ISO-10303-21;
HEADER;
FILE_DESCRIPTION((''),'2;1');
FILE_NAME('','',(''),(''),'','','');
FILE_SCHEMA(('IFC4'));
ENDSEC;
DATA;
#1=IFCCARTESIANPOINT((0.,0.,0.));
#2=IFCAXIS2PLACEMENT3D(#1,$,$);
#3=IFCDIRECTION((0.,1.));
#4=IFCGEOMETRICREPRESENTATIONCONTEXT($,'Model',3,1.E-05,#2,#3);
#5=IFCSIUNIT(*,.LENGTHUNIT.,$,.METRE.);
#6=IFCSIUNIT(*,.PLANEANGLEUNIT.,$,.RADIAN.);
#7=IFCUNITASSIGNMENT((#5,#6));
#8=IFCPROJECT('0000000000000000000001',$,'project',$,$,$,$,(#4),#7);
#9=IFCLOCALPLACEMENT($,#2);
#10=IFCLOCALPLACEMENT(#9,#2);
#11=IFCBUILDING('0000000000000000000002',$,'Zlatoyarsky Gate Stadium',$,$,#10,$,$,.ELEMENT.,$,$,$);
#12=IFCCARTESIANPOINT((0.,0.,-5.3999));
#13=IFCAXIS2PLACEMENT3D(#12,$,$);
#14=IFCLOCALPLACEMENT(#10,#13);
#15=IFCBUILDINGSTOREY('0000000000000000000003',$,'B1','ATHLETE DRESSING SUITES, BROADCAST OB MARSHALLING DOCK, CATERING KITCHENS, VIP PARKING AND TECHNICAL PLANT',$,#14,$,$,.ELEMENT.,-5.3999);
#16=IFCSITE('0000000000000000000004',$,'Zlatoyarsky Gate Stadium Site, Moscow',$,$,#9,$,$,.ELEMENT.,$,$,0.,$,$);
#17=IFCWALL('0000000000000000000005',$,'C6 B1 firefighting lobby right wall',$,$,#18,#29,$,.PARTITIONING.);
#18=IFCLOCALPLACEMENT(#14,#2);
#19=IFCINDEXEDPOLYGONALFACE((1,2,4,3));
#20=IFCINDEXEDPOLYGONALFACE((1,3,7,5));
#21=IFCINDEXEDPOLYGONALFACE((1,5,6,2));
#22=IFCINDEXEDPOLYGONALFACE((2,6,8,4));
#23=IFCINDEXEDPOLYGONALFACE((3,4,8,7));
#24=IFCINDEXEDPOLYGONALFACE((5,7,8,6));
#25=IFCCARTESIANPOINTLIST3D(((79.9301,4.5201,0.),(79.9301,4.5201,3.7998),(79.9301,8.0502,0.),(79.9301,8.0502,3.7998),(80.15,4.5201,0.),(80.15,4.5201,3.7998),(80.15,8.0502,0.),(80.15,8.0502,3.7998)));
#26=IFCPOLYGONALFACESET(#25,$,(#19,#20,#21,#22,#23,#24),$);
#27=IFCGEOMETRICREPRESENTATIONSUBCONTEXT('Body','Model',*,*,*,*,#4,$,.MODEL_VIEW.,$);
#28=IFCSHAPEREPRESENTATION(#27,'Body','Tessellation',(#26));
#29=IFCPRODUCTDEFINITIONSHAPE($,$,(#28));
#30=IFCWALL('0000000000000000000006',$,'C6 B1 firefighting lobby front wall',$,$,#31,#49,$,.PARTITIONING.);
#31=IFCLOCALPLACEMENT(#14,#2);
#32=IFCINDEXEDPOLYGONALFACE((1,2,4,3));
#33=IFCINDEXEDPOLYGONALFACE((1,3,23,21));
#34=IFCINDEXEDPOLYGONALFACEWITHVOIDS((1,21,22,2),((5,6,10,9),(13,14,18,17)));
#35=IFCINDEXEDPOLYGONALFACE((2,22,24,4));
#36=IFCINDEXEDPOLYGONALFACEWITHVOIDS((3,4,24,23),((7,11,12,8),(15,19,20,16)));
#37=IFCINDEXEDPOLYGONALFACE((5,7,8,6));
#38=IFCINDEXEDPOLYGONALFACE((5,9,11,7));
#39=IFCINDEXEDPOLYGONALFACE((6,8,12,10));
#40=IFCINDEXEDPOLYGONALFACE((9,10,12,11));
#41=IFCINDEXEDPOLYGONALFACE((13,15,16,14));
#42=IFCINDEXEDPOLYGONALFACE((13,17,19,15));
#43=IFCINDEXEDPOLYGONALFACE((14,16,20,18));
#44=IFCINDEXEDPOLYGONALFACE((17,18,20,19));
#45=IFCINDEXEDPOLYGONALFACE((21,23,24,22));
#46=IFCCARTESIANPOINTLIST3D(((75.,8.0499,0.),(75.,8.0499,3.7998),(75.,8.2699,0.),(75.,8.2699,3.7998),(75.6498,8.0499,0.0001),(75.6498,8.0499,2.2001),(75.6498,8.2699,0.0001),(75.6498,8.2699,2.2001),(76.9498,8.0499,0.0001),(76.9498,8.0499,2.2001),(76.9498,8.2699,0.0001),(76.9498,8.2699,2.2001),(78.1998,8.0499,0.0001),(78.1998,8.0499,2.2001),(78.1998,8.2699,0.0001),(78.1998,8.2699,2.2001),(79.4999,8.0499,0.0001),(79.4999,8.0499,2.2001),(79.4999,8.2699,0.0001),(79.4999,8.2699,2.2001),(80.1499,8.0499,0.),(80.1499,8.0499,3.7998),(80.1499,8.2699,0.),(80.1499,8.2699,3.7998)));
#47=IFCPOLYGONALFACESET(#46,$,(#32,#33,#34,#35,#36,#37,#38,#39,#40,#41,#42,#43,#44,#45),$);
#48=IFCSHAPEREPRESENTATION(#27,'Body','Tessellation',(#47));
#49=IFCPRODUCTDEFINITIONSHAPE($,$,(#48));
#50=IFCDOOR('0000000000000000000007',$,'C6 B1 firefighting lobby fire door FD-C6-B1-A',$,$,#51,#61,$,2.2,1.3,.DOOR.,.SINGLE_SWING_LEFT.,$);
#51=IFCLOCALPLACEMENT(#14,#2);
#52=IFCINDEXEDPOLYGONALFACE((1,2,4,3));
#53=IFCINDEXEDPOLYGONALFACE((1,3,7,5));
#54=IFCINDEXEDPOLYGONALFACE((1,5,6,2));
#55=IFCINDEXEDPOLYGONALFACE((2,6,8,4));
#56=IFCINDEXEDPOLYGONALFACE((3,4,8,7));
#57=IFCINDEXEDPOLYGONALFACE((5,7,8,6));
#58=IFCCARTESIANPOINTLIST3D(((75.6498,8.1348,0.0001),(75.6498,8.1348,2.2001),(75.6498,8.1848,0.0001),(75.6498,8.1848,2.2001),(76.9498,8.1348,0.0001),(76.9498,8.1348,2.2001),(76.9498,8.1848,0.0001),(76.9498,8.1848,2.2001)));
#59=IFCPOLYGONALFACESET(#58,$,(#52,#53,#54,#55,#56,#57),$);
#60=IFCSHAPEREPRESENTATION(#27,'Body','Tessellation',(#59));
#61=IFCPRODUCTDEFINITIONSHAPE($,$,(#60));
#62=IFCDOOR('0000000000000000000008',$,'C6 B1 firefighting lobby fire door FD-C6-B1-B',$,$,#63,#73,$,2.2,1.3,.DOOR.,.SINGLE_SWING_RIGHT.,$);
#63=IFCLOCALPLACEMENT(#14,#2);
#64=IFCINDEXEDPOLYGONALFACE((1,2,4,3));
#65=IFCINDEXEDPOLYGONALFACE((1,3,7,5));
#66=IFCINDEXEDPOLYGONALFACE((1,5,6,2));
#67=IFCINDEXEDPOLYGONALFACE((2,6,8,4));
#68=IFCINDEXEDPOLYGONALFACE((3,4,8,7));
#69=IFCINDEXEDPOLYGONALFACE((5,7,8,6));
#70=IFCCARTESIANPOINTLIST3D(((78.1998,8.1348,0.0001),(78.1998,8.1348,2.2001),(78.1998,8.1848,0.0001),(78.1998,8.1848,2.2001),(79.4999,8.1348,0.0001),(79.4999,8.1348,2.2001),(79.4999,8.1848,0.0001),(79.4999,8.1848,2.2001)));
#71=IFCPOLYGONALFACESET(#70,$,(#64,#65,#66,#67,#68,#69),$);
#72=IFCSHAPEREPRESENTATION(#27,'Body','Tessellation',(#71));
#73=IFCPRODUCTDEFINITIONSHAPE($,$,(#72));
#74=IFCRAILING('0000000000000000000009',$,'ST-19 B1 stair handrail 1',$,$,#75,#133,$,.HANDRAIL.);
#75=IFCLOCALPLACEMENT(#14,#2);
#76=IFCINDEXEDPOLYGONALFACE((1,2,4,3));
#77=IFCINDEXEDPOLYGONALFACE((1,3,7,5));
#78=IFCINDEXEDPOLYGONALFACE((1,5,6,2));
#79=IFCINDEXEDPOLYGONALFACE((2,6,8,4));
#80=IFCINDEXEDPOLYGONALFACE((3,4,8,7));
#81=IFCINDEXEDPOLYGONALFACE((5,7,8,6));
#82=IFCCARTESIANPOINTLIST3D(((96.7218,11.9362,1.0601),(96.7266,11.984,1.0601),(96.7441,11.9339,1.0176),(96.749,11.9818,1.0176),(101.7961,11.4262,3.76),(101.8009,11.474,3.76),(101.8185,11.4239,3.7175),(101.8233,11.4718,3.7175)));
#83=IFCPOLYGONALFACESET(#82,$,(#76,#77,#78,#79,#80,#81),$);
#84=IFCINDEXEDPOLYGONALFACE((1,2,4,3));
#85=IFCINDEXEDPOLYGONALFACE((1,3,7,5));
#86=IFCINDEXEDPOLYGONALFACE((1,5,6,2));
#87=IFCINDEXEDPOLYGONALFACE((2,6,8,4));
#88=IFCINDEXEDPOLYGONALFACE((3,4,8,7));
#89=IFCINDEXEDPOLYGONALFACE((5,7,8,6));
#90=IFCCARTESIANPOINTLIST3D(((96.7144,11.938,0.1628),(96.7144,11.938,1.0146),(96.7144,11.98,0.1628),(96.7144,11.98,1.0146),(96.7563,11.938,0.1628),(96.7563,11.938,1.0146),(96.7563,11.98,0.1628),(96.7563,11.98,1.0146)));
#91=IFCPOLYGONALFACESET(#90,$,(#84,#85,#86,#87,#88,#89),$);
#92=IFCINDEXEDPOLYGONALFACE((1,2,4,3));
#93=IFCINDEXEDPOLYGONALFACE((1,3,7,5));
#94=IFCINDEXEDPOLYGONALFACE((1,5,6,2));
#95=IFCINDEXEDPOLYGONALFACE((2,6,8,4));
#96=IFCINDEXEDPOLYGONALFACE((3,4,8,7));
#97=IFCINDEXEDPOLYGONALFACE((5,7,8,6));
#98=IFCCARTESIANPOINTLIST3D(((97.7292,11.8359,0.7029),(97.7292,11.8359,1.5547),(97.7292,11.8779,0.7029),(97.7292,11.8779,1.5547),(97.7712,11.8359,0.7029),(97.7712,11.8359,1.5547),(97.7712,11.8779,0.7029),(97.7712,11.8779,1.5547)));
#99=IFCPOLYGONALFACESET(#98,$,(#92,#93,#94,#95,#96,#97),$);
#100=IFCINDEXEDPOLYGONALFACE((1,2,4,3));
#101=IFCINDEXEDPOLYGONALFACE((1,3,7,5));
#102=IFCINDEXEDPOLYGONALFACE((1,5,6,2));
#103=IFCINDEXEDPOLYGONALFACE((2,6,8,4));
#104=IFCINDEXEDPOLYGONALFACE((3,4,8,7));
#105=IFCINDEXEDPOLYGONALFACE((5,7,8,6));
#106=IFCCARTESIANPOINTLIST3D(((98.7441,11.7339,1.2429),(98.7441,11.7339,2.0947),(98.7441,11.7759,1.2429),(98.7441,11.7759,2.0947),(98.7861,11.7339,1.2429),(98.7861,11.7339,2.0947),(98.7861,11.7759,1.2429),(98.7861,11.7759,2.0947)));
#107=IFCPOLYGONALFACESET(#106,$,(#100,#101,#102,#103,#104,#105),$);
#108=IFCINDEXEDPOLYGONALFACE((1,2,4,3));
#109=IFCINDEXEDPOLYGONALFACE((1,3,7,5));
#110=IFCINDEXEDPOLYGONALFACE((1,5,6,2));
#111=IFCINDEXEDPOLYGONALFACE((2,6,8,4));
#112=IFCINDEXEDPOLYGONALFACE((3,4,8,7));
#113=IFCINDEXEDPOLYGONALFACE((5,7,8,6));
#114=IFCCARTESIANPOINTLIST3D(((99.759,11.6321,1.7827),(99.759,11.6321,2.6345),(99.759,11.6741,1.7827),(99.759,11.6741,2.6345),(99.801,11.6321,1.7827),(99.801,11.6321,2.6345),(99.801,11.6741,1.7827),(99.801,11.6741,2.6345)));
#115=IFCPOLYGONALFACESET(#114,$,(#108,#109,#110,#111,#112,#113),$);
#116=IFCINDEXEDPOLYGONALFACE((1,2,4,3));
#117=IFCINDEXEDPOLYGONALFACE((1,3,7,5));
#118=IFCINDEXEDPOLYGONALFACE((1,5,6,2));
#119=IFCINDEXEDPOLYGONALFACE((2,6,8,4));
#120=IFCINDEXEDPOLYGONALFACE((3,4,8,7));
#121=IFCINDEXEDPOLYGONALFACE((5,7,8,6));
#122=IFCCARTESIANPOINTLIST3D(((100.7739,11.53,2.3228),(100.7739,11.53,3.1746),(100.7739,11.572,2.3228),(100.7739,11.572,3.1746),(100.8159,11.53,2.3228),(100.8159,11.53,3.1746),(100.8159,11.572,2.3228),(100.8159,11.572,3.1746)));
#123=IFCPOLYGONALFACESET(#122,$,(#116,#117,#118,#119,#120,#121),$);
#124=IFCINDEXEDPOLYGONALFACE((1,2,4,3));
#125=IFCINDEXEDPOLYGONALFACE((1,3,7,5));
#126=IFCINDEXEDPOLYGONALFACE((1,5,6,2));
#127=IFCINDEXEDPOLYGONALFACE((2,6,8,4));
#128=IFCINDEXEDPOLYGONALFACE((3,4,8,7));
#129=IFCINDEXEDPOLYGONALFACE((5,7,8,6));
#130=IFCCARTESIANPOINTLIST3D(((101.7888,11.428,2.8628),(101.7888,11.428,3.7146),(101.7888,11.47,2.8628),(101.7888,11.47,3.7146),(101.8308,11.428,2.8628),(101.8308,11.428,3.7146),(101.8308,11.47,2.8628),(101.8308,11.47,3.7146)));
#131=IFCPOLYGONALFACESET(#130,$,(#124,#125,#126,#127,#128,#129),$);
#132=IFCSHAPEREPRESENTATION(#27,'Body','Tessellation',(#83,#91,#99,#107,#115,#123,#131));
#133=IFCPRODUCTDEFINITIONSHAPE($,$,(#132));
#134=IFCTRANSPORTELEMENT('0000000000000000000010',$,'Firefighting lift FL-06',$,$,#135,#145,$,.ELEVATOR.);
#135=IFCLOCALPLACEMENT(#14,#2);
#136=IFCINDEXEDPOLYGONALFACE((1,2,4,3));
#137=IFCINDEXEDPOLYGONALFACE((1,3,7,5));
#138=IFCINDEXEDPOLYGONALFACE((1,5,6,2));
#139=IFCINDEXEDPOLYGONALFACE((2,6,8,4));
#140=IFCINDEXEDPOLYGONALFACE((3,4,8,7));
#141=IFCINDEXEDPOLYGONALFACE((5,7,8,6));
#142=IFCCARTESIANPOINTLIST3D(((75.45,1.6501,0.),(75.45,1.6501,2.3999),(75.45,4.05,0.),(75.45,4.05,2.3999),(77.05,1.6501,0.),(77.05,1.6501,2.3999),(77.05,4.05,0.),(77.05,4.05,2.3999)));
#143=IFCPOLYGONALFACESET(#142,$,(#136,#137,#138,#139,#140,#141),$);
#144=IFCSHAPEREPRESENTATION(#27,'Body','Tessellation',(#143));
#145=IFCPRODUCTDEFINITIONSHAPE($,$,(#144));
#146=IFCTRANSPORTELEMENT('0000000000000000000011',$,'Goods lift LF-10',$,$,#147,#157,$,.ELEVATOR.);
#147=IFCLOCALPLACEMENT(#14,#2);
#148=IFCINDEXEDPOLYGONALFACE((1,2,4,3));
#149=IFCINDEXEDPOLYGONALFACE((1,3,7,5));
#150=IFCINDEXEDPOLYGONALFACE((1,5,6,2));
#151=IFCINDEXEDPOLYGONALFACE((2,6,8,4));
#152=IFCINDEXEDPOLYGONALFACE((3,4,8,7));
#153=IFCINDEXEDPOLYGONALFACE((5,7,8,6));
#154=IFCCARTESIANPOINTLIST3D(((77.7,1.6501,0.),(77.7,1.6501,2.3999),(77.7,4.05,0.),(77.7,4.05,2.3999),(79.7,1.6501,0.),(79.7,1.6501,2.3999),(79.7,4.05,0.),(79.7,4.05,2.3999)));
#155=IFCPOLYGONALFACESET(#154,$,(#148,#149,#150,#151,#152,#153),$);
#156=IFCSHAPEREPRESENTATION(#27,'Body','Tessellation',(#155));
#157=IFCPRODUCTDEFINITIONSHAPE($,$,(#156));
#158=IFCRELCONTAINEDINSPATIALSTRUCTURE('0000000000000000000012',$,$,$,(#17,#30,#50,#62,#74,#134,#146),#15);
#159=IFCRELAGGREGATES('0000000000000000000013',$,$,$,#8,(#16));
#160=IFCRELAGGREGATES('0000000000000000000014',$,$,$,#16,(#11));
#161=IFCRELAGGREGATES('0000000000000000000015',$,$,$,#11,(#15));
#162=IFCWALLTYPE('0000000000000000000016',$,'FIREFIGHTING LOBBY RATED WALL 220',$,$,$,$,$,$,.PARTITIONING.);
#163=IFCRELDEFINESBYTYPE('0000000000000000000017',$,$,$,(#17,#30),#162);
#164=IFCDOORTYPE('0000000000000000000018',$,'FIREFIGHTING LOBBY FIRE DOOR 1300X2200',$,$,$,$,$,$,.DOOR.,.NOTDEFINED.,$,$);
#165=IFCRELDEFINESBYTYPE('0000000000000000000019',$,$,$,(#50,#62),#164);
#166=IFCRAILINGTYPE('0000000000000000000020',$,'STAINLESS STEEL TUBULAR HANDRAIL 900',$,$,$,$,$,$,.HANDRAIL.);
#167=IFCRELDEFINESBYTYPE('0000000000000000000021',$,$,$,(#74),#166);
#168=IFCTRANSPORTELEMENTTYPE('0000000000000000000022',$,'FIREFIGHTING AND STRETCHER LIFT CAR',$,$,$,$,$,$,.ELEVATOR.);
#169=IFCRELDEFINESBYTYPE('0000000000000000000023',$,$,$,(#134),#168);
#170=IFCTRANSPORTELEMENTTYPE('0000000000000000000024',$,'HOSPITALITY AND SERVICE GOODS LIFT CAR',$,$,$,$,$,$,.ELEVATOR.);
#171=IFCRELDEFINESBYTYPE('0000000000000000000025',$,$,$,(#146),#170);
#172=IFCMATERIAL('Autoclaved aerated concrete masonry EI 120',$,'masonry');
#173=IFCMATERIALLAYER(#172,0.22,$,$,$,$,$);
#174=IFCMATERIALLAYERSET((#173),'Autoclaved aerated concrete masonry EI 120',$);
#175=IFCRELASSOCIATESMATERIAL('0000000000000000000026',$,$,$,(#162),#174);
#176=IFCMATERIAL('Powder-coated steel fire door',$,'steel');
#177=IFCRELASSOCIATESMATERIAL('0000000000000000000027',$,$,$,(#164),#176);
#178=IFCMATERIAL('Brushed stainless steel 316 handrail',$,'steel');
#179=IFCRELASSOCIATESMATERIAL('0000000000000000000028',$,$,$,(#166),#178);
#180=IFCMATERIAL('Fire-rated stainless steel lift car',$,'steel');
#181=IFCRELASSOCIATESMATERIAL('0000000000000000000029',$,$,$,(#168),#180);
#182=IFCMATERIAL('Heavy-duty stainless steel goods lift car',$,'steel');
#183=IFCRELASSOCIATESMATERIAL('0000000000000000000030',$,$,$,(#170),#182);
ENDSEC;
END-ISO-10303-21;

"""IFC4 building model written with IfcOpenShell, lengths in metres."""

from ifc_helpers import new_model, si_unit, direction, frame, frame_2d, origin, origin_2d, place, context, subcontext, project, spatial, rectangle, extrude, material, layer, layer_set, type_object, element, fill, save


model = new_model("IFC4")

# Units and contexts
model_context = context("Model", 3, precision=1e-05, world=origin(), true_north=direction((0.0, 1.0)))
body_context = subcontext(model_context, "Body", "Model", "MODEL_VIEW")
ifc_project = project(units=[si_unit("LENGTHUNIT", "METRE"), si_unit("PLANEANGLEUNIT", "RADIAN")], contexts=[model_context])

# Site, building, storey
site_placement = place(None, origin())
site = spatial("IfcSite", under=ifc_project, at=site_placement, Name="Zlatoyarsky Gate Stadium Site, Moscow", CompositionType="ELEMENT", RefElevation=0.0)
building_placement = place(site_placement, origin())
building = spatial("IfcBuilding", under=site, at=building_placement, Name="Zlatoyarsky Gate Stadium", CompositionType="ELEMENT")
storey_placement = place(building_placement, frame((0.0, 0.0, -5.3999)))
storey = spatial("IfcBuildingStorey", under=building, at=storey_placement, Name="B1", Description="ATHLETE DRESSING SUITES, BROADCAST OB MARSHALLING DOCK, CATERING KITCHENS, VIP PARKING AND TECHNICAL PLANT", CompositionType="ELEMENT", Elevation=-5.3999)

# Shared definitions
ifc_material_1 = material(Name="Powder-coated steel fire door", Category="steel")

# Wall
ifc_material_2 = material(Name="Autoclaved aerated concrete masonry EI 120", Category="masonry")
ifc_layer_1 = layer(ifc_material_2, 0.22)
ifc_layer_set_1 = layer_set([ifc_layer_1], Name="Autoclaved aerated concrete masonry EI 120")
wall_type_1 = type_object("IfcWallType", Name="FIREFIGHTING LOBBY RATED WALL 220", PredefinedType="PARTITIONING", material=ifc_layer_set_1)
for number, where, z_axis, x_axis, name in (
    (1, (80.04, 4.52, 0.0), (0.0, 0.0, 1.0), (0.0, 1.0, 0.0), "C6 B1 firefighting lobby right wall"),
):
    element("IfcWall", number, at=place(storey_placement, frame(where, z_axis=z_axis, x_axis=x_axis)), inside=storey, type_object=wall_type_1, Name=name, PredefinedType="PARTITIONING", context=body_context, shape_type="SweptSolid", body=[
        extrude(rectangle(XDim=3.53, YDim=0.22, at=frame_2d((1.7651, 0.0))), origin(), (0.0, 0.0, 1.0), 3.7998),
    ])

# Wall, openings, doors
wall_1_placement = place(storey_placement, frame((75.0, 8.1599, 0.0), z_axis=(0.0, 0.0, 1.0), x_axis=(1.0, 0.0, 0.0)))
wall_1 = element("IfcWall", 2, at=wall_1_placement, inside=storey, type_object=wall_type_1, Name="C6 B1 firefighting lobby front wall", PredefinedType="PARTITIONING", context=body_context, shape_type="SweptSolid", body=[
    extrude(rectangle(XDim=5.1499, YDim=0.22, at=frame_2d((2.575, 0.0))), origin(), (0.0, 0.0, 1.0), 3.7998),
])
opening_1_placement = place(wall_1_placement, frame((0.6499, 0.0, 0.0)))
opening_1 = element("IfcOpeningElement", 3, at=opening_1_placement, cuts=wall_1, PredefinedType="OPENING", context=body_context, shape_type="SweptSolid", body=[
    extrude(rectangle(XDim=1.3, YDim=2.2, at=frame_2d((0.6499, 1.1001))), frame((0.0, 0.1199, 0.0), z_axis=(0.0, -1.0, 0.0), x_axis=(1.0, 0.0, 0.0)), (0.0, 0.0, 1.0), 0.24),
])
opening_2_placement = place(wall_1_placement, frame((3.2, 0.0, 0.0)))
opening_2 = element("IfcOpeningElement", 4, at=opening_2_placement, cuts=wall_1, PredefinedType="OPENING", context=body_context, shape_type="SweptSolid", body=[
    extrude(rectangle(XDim=1.3, YDim=2.2, at=frame_2d((0.6499, 1.1001))), frame((0.0, 0.1199, 0.0), z_axis=(0.0, -1.0, 0.0), x_axis=(1.0, 0.0, 0.0)), (0.0, 0.0, 1.0), 0.24),
])
door_type_1 = type_object("IfcDoorType", Name="FIREFIGHTING LOBBY FIRE DOOR 1300X2200", OperationType="NOTDEFINED", PredefinedType="DOOR", material=ifc_material_1)
door_1_placement = place(opening_1_placement, origin())
door_1 = element("IfcDoor", 5, at=door_1_placement, inside=storey, type_object=door_type_1, Name="C6 B1 firefighting lobby fire door FD-C6-B1-A", OperationType="SINGLE_SWING_LEFT", OverallHeight=2.2, OverallWidth=1.3, PredefinedType="DOOR", context=body_context, shape_type="SweptSolid", body=[
    extrude(rectangle(XDim=1.3, YDim=2.2, at=frame_2d((0.6499, 1.1001))), frame((0.0, 0.0249, 0.0), z_axis=(0.0, -1.0, 0.0), x_axis=(1.0, 0.0, 0.0)), (0.0, 0.0, 1.0), 0.05),
])
fill(opening_1, door_1)
door_2_placement = place(opening_2_placement, origin())
door_2 = element("IfcDoor", 6, at=door_2_placement, inside=storey, type_object=door_type_1, Name="C6 B1 firefighting lobby fire door FD-C6-B1-B", OperationType="SINGLE_SWING_RIGHT", OverallHeight=2.2, OverallWidth=1.3, PredefinedType="DOOR", context=body_context, shape_type="SweptSolid", body=[
    extrude(rectangle(XDim=1.3, YDim=2.2, at=frame_2d((0.6499, 1.1001))), frame((0.0, 0.0249, 0.0), z_axis=(0.0, -1.0, 0.0), x_axis=(1.0, 0.0, 0.0)), (0.0, 0.0, 1.0), 0.05),
])
fill(opening_2, door_2)

# Railing
ifc_material_3 = material(Name="Brushed stainless steel 316 handrail", Category="steel")
railing_type = type_object("IfcRailingType", Name="STAINLESS STEEL TUBULAR HANDRAIL 900", PredefinedType="HANDRAIL", material=ifc_material_3)
railing_placement = place(storey_placement, frame((96.7354, 11.959, 0.1628)))
element("IfcRailing", 7, at=railing_placement, inside=storey, type_object=railing_type, Name="ST-19 B1 stair handrail 1", PredefinedType="HANDRAIL", context=body_context, shape_type="SweptSolid", body=[
    extrude(rectangle(XDim=0.0481, YDim=0.0481, at=origin_2d()), frame((0.0, 0.0, 0.876), z_axis=(0.879362, -0.08838, 0.467879), x_axis=(0.100001, 0.994987, 0.0)), (0.0, 0.0, 1.0), 5.7705),
    extrude(rectangle(XDim=0.042, YDim=0.042, at=origin_2d()), origin(), (0.0, 0.0, 1.0), 0.8518),
    extrude(rectangle(XDim=0.042, YDim=0.042, at=origin_2d()), frame((1.0149, -0.1021, 0.54)), (0.0, 0.0, 1.0), 0.8518),
    extrude(rectangle(XDim=0.042, YDim=0.042, at=origin_2d()), frame((2.0298, -0.2041, 1.0801)), (0.0, 0.0, 1.0), 0.8518),
    extrude(rectangle(XDim=0.042, YDim=0.042, at=origin_2d()), frame((3.0447, -0.3059, 1.6199)), (0.0, 0.0, 1.0), 0.8518),
    extrude(rectangle(XDim=0.042, YDim=0.042, at=origin_2d()), frame((4.0596, -0.408, 2.1599)), (0.0, 0.0, 1.0), 0.8518),
    extrude(rectangle(XDim=0.042, YDim=0.042, at=origin_2d()), frame((5.0745, -0.51, 2.7)), (0.0, 0.0, 1.0), 0.8518),
])

# Transport elements
ifc_material_4 = material(Name="Fire-rated stainless steel lift car", Category="steel")
transport_element_type_1 = type_object("IfcTransportElementType", Name="FIREFIGHTING AND STRETCHER LIFT CAR", PredefinedType="ELEVATOR", material=ifc_material_4)
transport_element_1_placement = place(storey_placement, frame((76.25, 2.8501, 0.0), z_axis=(0.0, 0.0, 1.0), x_axis=(1.0, 0.0, 0.0)))
element("IfcTransportElement", 8, at=transport_element_1_placement, inside=storey, type_object=transport_element_type_1, Name="Firefighting lift FL-06", PredefinedType="ELEVATOR", context=body_context, shape_type="SweptSolid", body=[
    extrude(rectangle(XDim=1.6001, YDim=2.3999, at=origin_2d()), origin(), (0.0, 0.0, 1.0), 2.3999),
])
ifc_material_5 = material(Name="Heavy-duty stainless steel goods lift car", Category="steel")
transport_element_type_2 = type_object("IfcTransportElementType", Name="HOSPITALITY AND SERVICE GOODS LIFT CAR", PredefinedType="ELEVATOR", material=ifc_material_5)
transport_element_2_placement = place(storey_placement, frame((78.7, 2.8501, 0.0), z_axis=(0.0, 0.0, 1.0), x_axis=(1.0, 0.0, 0.0)))
element("IfcTransportElement", 9, at=transport_element_2_placement, inside=storey, type_object=transport_element_type_2, Name="Goods lift LF-10", PredefinedType="ELEVATOR", context=body_context, shape_type="SweptSolid", body=[
    extrude(rectangle(XDim=2.0, YDim=2.3999, at=origin_2d()), origin(), (0.0, 0.0, 1.0), 2.3999),
])

save(model, "model.ifc")
